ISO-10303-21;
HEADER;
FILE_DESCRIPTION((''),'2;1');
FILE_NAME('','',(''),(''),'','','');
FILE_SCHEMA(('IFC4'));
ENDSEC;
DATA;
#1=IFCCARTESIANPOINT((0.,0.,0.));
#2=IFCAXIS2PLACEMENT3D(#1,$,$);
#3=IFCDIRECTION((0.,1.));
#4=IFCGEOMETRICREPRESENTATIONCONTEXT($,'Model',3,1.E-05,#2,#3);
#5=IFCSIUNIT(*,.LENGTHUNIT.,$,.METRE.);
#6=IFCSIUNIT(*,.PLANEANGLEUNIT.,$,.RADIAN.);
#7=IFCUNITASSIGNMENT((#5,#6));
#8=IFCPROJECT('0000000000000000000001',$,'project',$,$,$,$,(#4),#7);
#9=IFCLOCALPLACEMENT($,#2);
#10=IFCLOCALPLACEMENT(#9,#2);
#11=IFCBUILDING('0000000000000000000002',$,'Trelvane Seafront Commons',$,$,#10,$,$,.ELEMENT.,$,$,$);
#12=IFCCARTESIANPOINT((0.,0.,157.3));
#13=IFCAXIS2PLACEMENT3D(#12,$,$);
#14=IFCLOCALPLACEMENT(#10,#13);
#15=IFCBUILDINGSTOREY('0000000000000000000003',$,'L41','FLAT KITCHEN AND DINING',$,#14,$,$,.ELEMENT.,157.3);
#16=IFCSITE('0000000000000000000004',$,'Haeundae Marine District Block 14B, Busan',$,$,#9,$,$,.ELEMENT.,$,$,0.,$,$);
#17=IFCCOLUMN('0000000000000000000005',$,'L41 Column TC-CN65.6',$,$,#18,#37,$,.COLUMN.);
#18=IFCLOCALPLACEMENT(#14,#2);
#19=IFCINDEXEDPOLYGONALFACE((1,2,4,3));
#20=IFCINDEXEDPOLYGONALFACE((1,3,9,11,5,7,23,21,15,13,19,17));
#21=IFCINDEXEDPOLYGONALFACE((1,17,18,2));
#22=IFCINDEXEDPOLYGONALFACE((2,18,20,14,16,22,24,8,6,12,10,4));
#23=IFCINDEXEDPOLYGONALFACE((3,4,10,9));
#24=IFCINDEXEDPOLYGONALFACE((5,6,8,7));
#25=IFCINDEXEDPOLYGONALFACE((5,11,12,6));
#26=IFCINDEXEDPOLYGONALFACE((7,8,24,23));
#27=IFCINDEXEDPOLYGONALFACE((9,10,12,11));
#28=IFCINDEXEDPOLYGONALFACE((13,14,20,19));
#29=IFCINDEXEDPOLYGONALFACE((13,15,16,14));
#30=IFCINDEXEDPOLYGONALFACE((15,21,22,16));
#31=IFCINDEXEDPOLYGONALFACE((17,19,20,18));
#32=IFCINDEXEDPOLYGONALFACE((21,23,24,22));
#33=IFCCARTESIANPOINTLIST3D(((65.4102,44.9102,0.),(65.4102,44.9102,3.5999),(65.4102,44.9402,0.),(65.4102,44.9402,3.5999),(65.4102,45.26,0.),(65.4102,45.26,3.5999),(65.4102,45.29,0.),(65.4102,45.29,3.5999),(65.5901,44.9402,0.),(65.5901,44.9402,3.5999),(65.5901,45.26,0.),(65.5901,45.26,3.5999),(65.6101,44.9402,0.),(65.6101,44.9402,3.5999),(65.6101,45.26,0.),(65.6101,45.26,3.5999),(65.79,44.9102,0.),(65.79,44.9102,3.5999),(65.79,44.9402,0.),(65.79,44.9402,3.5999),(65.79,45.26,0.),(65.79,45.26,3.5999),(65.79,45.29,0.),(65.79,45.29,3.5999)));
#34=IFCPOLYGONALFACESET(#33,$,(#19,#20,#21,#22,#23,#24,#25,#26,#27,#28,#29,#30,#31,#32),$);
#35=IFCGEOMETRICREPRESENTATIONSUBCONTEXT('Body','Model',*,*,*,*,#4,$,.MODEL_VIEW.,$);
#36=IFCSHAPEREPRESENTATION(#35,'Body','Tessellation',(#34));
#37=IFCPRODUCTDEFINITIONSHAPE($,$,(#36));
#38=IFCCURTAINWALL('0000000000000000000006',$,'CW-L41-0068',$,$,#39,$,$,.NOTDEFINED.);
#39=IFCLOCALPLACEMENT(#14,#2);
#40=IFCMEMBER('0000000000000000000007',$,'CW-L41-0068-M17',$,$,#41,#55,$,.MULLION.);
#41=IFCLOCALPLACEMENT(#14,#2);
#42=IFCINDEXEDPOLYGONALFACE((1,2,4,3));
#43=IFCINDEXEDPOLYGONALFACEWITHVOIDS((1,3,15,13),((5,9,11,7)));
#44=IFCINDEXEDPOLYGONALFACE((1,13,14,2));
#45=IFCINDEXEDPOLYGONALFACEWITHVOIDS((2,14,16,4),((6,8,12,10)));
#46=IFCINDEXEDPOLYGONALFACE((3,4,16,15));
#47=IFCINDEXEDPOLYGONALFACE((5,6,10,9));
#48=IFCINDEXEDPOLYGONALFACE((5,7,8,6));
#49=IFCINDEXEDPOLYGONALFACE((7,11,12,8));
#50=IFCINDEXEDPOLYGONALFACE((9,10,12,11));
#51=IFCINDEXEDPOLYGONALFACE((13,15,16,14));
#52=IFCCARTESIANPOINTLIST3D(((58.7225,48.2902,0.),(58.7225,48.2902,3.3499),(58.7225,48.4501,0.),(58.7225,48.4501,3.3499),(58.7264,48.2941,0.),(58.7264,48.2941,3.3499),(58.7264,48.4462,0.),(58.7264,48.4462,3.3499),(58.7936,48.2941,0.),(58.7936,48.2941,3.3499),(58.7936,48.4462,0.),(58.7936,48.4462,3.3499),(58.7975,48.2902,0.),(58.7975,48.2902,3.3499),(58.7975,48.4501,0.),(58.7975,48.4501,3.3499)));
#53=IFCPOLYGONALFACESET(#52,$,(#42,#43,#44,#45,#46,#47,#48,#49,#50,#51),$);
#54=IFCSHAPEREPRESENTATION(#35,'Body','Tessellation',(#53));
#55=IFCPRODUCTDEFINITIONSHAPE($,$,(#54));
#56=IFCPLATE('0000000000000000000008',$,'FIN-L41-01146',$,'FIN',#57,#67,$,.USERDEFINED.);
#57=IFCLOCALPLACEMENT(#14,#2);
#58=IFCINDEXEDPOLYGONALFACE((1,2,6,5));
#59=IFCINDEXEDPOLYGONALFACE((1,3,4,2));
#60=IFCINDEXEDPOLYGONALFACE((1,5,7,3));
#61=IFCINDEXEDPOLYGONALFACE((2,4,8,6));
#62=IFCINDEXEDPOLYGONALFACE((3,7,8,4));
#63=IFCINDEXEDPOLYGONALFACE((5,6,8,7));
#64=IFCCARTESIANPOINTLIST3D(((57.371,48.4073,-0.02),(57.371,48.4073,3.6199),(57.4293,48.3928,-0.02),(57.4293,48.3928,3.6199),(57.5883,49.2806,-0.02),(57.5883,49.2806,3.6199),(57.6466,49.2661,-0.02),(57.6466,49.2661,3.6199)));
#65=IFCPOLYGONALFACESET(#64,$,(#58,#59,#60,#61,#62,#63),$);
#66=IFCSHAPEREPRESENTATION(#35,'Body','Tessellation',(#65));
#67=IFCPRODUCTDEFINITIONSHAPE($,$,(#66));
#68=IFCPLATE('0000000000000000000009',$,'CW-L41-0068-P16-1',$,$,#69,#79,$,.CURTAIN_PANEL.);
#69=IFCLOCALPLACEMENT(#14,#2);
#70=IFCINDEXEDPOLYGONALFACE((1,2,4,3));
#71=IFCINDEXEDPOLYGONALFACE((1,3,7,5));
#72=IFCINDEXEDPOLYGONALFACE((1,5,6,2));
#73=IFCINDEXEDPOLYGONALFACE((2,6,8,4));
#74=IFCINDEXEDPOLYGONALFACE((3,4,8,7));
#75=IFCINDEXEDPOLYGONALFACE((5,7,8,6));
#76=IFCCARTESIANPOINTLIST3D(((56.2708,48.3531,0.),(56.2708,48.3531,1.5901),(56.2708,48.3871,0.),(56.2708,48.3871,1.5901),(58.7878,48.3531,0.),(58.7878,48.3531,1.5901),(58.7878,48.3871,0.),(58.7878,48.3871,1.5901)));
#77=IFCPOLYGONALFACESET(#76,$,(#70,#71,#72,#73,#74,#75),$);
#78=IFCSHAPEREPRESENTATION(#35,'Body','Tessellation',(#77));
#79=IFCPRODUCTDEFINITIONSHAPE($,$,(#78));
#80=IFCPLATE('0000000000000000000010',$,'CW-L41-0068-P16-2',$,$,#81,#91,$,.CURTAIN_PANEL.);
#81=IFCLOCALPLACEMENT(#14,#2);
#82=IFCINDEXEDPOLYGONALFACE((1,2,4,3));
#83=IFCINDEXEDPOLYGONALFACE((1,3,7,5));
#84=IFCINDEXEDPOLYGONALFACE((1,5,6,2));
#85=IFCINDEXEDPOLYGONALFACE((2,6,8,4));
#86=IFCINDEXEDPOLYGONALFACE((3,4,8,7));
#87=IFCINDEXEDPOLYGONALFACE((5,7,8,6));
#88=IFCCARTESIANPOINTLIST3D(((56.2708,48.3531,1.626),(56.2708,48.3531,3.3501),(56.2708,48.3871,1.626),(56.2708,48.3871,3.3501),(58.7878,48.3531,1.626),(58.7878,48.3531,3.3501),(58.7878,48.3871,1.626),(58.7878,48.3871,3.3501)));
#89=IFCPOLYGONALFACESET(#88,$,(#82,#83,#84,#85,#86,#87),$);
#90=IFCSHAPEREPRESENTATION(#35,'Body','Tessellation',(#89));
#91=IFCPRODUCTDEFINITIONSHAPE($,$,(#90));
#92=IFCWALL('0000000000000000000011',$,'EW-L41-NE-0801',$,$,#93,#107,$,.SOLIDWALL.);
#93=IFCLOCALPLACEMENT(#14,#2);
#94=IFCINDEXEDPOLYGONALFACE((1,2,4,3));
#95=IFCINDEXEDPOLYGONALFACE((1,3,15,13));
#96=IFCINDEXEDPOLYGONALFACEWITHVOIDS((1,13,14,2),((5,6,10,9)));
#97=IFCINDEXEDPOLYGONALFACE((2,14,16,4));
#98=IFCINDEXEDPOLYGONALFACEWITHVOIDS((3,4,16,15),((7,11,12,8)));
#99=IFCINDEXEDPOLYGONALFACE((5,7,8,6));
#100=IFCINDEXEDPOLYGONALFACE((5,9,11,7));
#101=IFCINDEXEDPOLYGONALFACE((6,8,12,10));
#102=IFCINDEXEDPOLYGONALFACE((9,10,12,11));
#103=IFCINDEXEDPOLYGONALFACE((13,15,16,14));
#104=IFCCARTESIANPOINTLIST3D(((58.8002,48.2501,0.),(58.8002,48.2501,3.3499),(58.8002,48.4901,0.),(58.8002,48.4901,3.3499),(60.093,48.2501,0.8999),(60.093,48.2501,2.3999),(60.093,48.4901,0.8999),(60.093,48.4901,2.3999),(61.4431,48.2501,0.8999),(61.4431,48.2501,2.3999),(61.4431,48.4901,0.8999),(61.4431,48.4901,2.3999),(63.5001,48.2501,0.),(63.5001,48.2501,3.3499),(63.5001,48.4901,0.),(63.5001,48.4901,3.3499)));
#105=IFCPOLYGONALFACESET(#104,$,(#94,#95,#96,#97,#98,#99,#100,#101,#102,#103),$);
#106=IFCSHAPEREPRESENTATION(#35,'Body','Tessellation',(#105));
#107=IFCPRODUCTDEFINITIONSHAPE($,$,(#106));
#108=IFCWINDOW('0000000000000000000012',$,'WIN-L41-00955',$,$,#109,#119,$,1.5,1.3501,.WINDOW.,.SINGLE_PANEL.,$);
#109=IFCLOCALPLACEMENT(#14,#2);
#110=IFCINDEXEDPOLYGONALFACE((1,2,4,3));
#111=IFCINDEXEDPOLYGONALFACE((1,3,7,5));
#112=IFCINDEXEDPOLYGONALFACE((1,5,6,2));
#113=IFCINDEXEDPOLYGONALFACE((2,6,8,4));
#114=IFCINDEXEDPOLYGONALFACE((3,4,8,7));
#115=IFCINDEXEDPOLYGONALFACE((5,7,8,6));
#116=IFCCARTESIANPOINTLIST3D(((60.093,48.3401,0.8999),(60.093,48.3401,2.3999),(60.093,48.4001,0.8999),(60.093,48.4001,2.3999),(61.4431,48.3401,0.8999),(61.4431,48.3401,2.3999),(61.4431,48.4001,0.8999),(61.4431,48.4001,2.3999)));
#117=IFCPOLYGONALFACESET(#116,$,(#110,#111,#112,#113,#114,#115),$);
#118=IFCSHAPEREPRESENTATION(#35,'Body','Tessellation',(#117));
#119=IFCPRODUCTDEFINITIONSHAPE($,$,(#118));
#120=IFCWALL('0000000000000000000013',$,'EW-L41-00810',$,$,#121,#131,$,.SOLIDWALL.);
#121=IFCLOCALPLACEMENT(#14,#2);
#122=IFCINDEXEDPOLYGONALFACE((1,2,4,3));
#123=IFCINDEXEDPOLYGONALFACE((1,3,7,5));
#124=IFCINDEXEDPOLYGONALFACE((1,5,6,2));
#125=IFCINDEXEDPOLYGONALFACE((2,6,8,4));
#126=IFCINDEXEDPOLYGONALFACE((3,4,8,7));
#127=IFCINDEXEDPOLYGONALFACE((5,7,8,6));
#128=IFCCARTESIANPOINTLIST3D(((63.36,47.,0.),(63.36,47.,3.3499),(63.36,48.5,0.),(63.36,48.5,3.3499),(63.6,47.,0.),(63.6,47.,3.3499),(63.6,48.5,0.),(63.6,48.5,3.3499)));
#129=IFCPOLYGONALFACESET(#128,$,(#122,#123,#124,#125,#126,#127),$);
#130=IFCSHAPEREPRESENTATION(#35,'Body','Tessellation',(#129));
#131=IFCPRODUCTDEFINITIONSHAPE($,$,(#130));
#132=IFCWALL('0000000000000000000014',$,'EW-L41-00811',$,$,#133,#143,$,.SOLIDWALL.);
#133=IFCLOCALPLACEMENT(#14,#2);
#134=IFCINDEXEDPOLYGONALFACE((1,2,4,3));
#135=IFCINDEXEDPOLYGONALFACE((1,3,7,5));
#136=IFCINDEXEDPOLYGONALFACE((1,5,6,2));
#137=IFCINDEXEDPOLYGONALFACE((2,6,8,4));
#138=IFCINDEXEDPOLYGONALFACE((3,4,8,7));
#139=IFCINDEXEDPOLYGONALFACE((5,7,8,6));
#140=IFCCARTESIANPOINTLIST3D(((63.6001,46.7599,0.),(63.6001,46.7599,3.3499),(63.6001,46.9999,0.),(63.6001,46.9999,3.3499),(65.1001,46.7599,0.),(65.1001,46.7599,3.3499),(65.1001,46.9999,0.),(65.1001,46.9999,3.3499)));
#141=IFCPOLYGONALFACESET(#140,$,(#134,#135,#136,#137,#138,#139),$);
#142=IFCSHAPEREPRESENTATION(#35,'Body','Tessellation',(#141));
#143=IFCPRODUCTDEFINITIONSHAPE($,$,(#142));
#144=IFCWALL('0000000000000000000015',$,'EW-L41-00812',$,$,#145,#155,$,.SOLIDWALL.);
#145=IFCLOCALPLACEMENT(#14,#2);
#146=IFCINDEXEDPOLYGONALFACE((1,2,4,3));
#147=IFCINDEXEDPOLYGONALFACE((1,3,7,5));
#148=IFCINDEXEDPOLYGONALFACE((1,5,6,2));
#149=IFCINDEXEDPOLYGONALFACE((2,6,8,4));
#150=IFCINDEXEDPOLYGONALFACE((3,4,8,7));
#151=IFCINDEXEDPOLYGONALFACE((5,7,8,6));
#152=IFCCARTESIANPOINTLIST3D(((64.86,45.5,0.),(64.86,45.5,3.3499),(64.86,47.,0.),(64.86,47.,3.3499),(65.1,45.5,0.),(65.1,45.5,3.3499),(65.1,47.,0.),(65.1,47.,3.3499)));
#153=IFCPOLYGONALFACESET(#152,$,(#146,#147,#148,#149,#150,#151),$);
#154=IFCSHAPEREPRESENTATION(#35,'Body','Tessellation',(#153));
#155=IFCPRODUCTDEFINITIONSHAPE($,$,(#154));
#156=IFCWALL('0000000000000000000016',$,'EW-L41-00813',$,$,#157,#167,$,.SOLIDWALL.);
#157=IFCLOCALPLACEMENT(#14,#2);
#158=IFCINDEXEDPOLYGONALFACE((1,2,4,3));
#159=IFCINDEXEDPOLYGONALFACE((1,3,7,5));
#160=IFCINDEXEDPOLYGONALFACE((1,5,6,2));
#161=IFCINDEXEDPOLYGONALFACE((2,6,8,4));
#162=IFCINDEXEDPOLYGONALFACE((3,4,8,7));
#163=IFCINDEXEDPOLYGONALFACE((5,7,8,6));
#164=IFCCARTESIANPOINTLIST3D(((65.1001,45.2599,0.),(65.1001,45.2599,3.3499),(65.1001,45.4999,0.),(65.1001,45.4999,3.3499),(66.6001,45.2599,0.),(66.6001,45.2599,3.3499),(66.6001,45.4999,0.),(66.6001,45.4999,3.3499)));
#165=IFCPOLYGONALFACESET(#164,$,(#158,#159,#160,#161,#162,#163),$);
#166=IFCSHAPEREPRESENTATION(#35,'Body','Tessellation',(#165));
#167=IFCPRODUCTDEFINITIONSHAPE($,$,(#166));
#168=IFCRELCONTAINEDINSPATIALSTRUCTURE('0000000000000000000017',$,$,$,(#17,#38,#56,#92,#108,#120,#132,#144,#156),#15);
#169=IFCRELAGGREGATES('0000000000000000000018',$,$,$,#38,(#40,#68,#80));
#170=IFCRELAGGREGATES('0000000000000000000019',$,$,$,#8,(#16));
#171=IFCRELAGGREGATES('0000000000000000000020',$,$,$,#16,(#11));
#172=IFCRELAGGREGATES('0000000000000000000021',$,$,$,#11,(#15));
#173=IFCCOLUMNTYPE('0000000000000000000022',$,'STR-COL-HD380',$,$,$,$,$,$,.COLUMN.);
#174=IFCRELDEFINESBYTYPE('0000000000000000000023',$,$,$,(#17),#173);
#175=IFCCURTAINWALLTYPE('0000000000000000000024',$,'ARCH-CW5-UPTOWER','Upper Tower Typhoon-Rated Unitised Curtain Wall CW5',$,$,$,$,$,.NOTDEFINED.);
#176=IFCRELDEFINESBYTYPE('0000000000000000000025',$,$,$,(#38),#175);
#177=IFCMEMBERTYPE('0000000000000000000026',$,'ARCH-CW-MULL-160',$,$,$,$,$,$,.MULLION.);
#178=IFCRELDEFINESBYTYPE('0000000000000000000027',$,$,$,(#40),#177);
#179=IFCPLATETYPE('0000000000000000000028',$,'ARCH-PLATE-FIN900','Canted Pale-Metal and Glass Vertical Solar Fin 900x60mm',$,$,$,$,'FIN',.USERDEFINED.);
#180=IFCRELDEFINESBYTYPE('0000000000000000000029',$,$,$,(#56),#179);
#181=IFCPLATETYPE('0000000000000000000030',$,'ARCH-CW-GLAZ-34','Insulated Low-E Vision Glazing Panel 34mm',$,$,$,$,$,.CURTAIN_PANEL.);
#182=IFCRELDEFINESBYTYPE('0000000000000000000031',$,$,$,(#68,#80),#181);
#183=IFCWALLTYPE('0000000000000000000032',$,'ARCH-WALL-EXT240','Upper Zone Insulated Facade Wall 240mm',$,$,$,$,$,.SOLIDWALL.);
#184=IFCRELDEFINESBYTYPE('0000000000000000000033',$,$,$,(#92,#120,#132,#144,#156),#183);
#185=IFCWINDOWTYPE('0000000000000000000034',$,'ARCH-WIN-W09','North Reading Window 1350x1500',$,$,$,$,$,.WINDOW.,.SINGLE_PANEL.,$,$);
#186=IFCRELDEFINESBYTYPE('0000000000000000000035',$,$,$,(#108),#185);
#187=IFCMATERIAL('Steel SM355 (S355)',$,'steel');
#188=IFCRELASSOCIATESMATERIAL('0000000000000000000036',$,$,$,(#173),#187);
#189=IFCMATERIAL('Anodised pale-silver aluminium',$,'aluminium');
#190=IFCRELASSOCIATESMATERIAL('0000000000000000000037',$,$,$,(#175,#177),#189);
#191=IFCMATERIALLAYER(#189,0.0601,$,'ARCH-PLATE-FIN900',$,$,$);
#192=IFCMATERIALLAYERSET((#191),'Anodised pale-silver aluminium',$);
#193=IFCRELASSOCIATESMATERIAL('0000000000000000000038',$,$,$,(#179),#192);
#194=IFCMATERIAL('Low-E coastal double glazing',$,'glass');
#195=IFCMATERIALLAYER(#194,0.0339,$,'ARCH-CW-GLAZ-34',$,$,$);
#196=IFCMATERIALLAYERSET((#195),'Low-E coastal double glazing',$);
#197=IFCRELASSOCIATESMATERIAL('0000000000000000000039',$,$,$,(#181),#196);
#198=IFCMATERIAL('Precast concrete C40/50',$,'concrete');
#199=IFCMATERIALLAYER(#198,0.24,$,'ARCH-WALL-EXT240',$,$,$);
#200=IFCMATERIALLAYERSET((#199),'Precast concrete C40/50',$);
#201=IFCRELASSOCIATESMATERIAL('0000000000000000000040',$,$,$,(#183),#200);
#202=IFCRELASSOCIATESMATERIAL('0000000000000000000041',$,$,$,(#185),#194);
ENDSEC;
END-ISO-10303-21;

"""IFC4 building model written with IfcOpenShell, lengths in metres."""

from ifc_helpers import new_model, si_unit, direction, frame, frame_2d, origin, origin_2d, place, context, subcontext, project, spatial, rectangle, hollow_rectangle, i_section, extrude, source, transform, mapped, material, layer, layer_set, material_profile, profile_set, type_object, element, fill, aggregate, save


model = new_model("IFC4")

# Units and contexts
model_context = context("Model", 3, precision=1e-05, world=origin(), true_north=direction((0.0, 1.0)))
body_context = subcontext(model_context, "Body", "Model", "MODEL_VIEW")
ifc_project = project(units=[si_unit("LENGTHUNIT", "METRE"), si_unit("PLANEANGLEUNIT", "RADIAN")], contexts=[model_context])

# Site, building, storey
site_placement = place(None, origin())
site = spatial("IfcSite", under=ifc_project, at=site_placement, Name="Haeundae Marine District Block 14B, Busan", CompositionType="ELEMENT", RefElevation=0.0)
building_placement = place(site_placement, origin())
building = spatial("IfcBuilding", under=site, at=building_placement, Name="Trelvane Seafront Commons", CompositionType="ELEMENT")
storey_placement = place(building_placement, frame((0.0, 0.0, 157.3)))
storey = spatial("IfcBuildingStorey", under=building, at=storey_placement, Name="L41", Description="FLAT KITCHEN AND DINING", CompositionType="ELEMENT", Elevation=157.3)

# Column
ifc_material_1 = material(Name="Steel SM355 (S355)", Category="steel")
ifc_material_profile_1 = material_profile(ifc_material_1, i_section(OverallWidth=0.3799, OverallDepth=0.3799, WebThickness=0.02, FlangeThickness=0.03, at=origin_2d()), Name="HD-380x380x20x30")
ifc_profile_set_1 = profile_set([ifc_material_profile_1], Name="Steel SM355 (S355)")
column_type = type_object("IfcColumnType", Name="STR-COL-HD380", PredefinedType="COLUMN", material=ifc_profile_set_1)
shared_shape_1 = source(origin(), body_context, "Body", "SweptSolid", [
    extrude(i_section(OverallWidth=0.3799, OverallDepth=0.3799, WebThickness=0.02, FlangeThickness=0.03, at=origin_2d()), origin(), (0.0, 0.0, 1.0), 3.5999),
])
column_placement = place(storey_placement, frame((65.6001, 45.1001, 0.0), z_axis=(0.0, 0.0, 1.0), x_axis=(1.0, 0.0, 0.0)))
element("IfcColumn", 1, at=column_placement, inside=storey, type_object=column_type, Name="L41 Column TC-CN65.6", PredefinedType="COLUMN", context=body_context, shape_type="MappedRepresentation", body=[
    mapped(shared_shape_1, transform((0.0, 0.0, 0.0), x_axis=(1.0, 0.0, 0.0), y_axis=(0.0, 1.0, 0.0), z_axis=(0.0, 0.0, 1.0), scale=1.0)),
])

# Curtain wall, member
ifc_material_2 = material(Name="Anodised pale-silver aluminium", Category="aluminium")
curtain_wall_type = type_object("IfcCurtainWallType", Name="ARCH-CW5-UPTOWER", Description="Upper Tower Typhoon-Rated Unitised Curtain Wall CW5", PredefinedType="NOTDEFINED", material=ifc_material_2)
curtain_wall_placement = place(storey_placement, origin())
curtain_wall = element("IfcCurtainWall", 2, at=curtain_wall_placement, inside=storey, type_object=curtain_wall_type, Name="CW-L41-0068", PredefinedType="NOTDEFINED")
ifc_material_profile_2 = material_profile(ifc_material_2, hollow_rectangle(XDim=0.075, YDim=0.1599, WallThickness=0.0039, at=origin_2d()), Name="MULL-75x160x4")
ifc_profile_set_2 = profile_set([ifc_material_profile_2], Name="Anodised pale-silver aluminium")
member_type = type_object("IfcMemberType", Name="ARCH-CW-MULL-160", PredefinedType="MULLION", material=ifc_profile_set_2)
shared_shape_2 = source(origin(), body_context, "Body", "SweptSolid", [
    extrude(hollow_rectangle(XDim=0.075, YDim=0.1599, WallThickness=0.0039, at=origin_2d()), origin(), (0.0, 0.0, 1.0), 3.3499),
])
member_placement = place(storey_placement, frame((58.76, 48.3701, 0.0), z_axis=(0.0, 0.0, 1.0), x_axis=(1.0, 0.0, 0.0)))
member = element("IfcMember", 3, at=member_placement, type_object=member_type, Name="CW-L41-0068-M17", PredefinedType="MULLION", context=body_context, shape_type="MappedRepresentation", body=[
    mapped(shared_shape_2, transform((0.0, 0.0, 0.0), x_axis=(1.0, 0.0, 0.0), y_axis=(0.0, 1.0, 0.0), z_axis=(0.0, 0.0, 1.0), scale=1.0)),
])

# Plates
ifc_layer_1 = layer(ifc_material_2, 0.0601, Name="ARCH-PLATE-FIN900")
ifc_layer_set_1 = layer_set([ifc_layer_1], Name="Anodised pale-silver aluminium")
plate_type_1 = type_object("IfcPlateType", Name="ARCH-PLATE-FIN900", Description="Canted Pale-Metal and Glass Vertical Solar Fin 900x60mm", ElementType="FIN", PredefinedType="USERDEFINED", material=ifc_layer_set_1)
shared_shape_3 = source(origin(), body_context, "Body", "SweptSolid", [
    extrude(rectangle(XDim=0.8999, YDim=0.0601, at=origin_2d()), origin(), (0.0, 0.0, 1.0), 3.6399),
])
plate_1_placement = place(storey_placement, frame((57.5088, 48.8367, -0.02), z_axis=(0.0, 0.0, 1.0), x_axis=(0.241438, 0.970416, 0.0)))
element("IfcPlate", 4, at=plate_1_placement, inside=storey, type_object=plate_type_1, Name="FIN-L41-01146", ObjectType="FIN", PredefinedType="USERDEFINED", context=body_context, shape_type="MappedRepresentation", body=[
    mapped(shared_shape_3, transform((0.0, 0.0, 0.0), x_axis=(1.0, 0.0, 0.0), y_axis=(0.0, 1.0, 0.0), z_axis=(0.0, 0.0, 1.0), scale=1.0)),
])
ifc_material_3 = material(Name="Low-E coastal double glazing", Category="glass")
ifc_layer_2 = layer(ifc_material_3, 0.0339, Name="ARCH-CW-GLAZ-34")
ifc_layer_set_2 = layer_set([ifc_layer_2], Name="Low-E coastal double glazing")
plate_type_2 = type_object("IfcPlateType", Name="ARCH-CW-GLAZ-34", Description="Insulated Low-E Vision Glazing Panel 34mm", PredefinedType="CURTAIN_PANEL", material=ifc_layer_set_2)
shared_shape_4 = source(origin(), body_context, "Body", "SweptSolid", [
    extrude(rectangle(XDim=2.5171, YDim=0.0339, at=origin_2d()), origin(), (0.0, 0.0, 1.0), 1.5901),
])
plate_2_placement = place(storey_placement, frame((57.5293, 48.3701, 0.0), z_axis=(0.0, 0.0, 1.0), x_axis=(1.0, 0.0, 0.0)))
plate_2 = element("IfcPlate", 5, at=plate_2_placement, type_object=plate_type_2, Name="CW-L41-0068-P16-1", PredefinedType="CURTAIN_PANEL", context=body_context, shape_type="MappedRepresentation", body=[
    mapped(shared_shape_4, transform((0.0, 0.0, 0.0), x_axis=(1.0, 0.0, 0.0), y_axis=(0.0, 1.0, 0.0), z_axis=(0.0, 0.0, 1.0), scale=1.0)),
])
shared_shape_5 = source(origin(), body_context, "Body", "SweptSolid", [
    extrude(rectangle(XDim=2.5171, YDim=0.0339, at=origin_2d()), origin(), (0.0, 0.0, 1.0), 1.7241),
])
plate_3_placement = place(storey_placement, frame((57.5293, 48.3701, 1.626), z_axis=(0.0, 0.0, 1.0), x_axis=(1.0, 0.0, 0.0)))
plate_3 = element("IfcPlate", 6, at=plate_3_placement, type_object=plate_type_2, Name="CW-L41-0068-P16-2", PredefinedType="CURTAIN_PANEL", context=body_context, shape_type="MappedRepresentation", body=[
    mapped(shared_shape_5, transform((0.0, 0.0, 0.0), x_axis=(1.0, 0.0, 0.0), y_axis=(0.0, 1.0, 0.0), z_axis=(0.0, 0.0, 1.0), scale=1.0)),
])
aggregate(curtain_wall, [member, plate_2, plate_3])

# Wall, opening, window
ifc_material_4 = material(Name="Precast concrete C40/50", Category="concrete")
ifc_layer_3 = layer(ifc_material_4, 0.24, Name="ARCH-WALL-EXT240")
ifc_layer_set_3 = layer_set([ifc_layer_3], Name="Precast concrete C40/50")
wall_type = type_object("IfcWallType", Name="ARCH-WALL-EXT240", Description="Upper Zone Insulated Facade Wall 240mm", PredefinedType="SOLIDWALL", material=ifc_layer_set_3)
wall_1_placement = place(storey_placement, frame((58.8, 48.3701, 0.0), z_axis=(0.0, 0.0, 1.0), x_axis=(1.0, 0.0, 0.0)))
wall_1 = element("IfcWall", 7, at=wall_1_placement, inside=storey, type_object=wall_type, Name="EW-L41-NE-0801", PredefinedType="SOLIDWALL", context=body_context, shape_type="SweptSolid", body=[
    extrude(rectangle(XDim=4.7, YDim=0.24, at=frame_2d((2.3501, 0.0))), origin(), (0.0, 0.0, 1.0), 3.3499),
])
opening_1_placement = place(wall_1_placement, frame((1.293, 0.0, 0.8999)))
opening_1 = element("IfcOpeningElement", 8, at=opening_1_placement, cuts=wall_1, PredefinedType="OPENING", context=body_context, shape_type="SweptSolid", body=[
    extrude(rectangle(XDim=1.3501, YDim=1.5, at=frame_2d((0.675, 0.75))), frame((0.0, 0.1299, 0.0), z_axis=(0.0, -1.0, 0.0), x_axis=(1.0, 0.0, 0.0)), (0.0, 0.0, 1.0), 0.26),
])
window_type_1 = type_object("IfcWindowType", Name="ARCH-WIN-W09", Description="North Reading Window 1350x1500", PartitioningType="SINGLE_PANEL", PredefinedType="WINDOW", material=ifc_material_3)
shared_shape_6 = source(origin(), body_context, "Body", "SweptSolid", [
    extrude(rectangle(XDim=1.3501, YDim=1.5, at=frame_2d((0.675, 0.75))), frame((0.0, 0.03, 0.0), z_axis=(0.0, -1.0, 0.0), x_axis=(1.0, 0.0, 0.0)), (0.0, 0.0, 1.0), 0.0601),
])
window_1_placement = place(opening_1_placement, origin())
window_1 = element("IfcWindow", 9, at=window_1_placement, inside=storey, type_object=window_type_1, Name="WIN-L41-00955", OverallHeight=1.5, OverallWidth=1.3501, PartitioningType="SINGLE_PANEL", PredefinedType="WINDOW", context=body_context, shape_type="MappedRepresentation", body=[
    mapped(shared_shape_6, transform((0.0, 0.0, 0.0), x_axis=(1.0, 0.0, 0.0), y_axis=(0.0, 1.0, 0.0), z_axis=(0.0, 0.0, 1.0), scale=1.0)),
])
fill(opening_1, window_1)

# Walls
for number, where, z_axis, x_axis, name in (
    (10, (63.48, 48.5, 0.0), (0.0, 0.0, 1.0), (0.0, -1.0, 0.0), "EW-L41-00810"),
    (11, (63.6001, 46.8799, 0.0), (0.0, 0.0, 1.0), (1.0, 0.0, 0.0), "EW-L41-00811"),
    (12, (64.98, 47.0, 0.0), (0.0, 0.0, 1.0), (0.0, -1.0, 0.0), "EW-L41-00812"),
    (13, (65.1001, 45.3799, 0.0), (0.0, 0.0, 1.0), (1.0, 0.0, 0.0), "EW-L41-00813"),
):
    element("IfcWall", number, at=place(storey_placement, frame(where, z_axis=z_axis, x_axis=x_axis)), inside=storey, type_object=wall_type, Name=name, PredefinedType="SOLIDWALL", context=body_context, shape_type="SweptSolid", body=[
        extrude(rectangle(XDim=1.5, YDim=0.24, at=frame_2d((0.75, 0.0))), origin(), (0.0, 0.0, 1.0), 3.3499),
    ])

save(model, "model.ifc")
